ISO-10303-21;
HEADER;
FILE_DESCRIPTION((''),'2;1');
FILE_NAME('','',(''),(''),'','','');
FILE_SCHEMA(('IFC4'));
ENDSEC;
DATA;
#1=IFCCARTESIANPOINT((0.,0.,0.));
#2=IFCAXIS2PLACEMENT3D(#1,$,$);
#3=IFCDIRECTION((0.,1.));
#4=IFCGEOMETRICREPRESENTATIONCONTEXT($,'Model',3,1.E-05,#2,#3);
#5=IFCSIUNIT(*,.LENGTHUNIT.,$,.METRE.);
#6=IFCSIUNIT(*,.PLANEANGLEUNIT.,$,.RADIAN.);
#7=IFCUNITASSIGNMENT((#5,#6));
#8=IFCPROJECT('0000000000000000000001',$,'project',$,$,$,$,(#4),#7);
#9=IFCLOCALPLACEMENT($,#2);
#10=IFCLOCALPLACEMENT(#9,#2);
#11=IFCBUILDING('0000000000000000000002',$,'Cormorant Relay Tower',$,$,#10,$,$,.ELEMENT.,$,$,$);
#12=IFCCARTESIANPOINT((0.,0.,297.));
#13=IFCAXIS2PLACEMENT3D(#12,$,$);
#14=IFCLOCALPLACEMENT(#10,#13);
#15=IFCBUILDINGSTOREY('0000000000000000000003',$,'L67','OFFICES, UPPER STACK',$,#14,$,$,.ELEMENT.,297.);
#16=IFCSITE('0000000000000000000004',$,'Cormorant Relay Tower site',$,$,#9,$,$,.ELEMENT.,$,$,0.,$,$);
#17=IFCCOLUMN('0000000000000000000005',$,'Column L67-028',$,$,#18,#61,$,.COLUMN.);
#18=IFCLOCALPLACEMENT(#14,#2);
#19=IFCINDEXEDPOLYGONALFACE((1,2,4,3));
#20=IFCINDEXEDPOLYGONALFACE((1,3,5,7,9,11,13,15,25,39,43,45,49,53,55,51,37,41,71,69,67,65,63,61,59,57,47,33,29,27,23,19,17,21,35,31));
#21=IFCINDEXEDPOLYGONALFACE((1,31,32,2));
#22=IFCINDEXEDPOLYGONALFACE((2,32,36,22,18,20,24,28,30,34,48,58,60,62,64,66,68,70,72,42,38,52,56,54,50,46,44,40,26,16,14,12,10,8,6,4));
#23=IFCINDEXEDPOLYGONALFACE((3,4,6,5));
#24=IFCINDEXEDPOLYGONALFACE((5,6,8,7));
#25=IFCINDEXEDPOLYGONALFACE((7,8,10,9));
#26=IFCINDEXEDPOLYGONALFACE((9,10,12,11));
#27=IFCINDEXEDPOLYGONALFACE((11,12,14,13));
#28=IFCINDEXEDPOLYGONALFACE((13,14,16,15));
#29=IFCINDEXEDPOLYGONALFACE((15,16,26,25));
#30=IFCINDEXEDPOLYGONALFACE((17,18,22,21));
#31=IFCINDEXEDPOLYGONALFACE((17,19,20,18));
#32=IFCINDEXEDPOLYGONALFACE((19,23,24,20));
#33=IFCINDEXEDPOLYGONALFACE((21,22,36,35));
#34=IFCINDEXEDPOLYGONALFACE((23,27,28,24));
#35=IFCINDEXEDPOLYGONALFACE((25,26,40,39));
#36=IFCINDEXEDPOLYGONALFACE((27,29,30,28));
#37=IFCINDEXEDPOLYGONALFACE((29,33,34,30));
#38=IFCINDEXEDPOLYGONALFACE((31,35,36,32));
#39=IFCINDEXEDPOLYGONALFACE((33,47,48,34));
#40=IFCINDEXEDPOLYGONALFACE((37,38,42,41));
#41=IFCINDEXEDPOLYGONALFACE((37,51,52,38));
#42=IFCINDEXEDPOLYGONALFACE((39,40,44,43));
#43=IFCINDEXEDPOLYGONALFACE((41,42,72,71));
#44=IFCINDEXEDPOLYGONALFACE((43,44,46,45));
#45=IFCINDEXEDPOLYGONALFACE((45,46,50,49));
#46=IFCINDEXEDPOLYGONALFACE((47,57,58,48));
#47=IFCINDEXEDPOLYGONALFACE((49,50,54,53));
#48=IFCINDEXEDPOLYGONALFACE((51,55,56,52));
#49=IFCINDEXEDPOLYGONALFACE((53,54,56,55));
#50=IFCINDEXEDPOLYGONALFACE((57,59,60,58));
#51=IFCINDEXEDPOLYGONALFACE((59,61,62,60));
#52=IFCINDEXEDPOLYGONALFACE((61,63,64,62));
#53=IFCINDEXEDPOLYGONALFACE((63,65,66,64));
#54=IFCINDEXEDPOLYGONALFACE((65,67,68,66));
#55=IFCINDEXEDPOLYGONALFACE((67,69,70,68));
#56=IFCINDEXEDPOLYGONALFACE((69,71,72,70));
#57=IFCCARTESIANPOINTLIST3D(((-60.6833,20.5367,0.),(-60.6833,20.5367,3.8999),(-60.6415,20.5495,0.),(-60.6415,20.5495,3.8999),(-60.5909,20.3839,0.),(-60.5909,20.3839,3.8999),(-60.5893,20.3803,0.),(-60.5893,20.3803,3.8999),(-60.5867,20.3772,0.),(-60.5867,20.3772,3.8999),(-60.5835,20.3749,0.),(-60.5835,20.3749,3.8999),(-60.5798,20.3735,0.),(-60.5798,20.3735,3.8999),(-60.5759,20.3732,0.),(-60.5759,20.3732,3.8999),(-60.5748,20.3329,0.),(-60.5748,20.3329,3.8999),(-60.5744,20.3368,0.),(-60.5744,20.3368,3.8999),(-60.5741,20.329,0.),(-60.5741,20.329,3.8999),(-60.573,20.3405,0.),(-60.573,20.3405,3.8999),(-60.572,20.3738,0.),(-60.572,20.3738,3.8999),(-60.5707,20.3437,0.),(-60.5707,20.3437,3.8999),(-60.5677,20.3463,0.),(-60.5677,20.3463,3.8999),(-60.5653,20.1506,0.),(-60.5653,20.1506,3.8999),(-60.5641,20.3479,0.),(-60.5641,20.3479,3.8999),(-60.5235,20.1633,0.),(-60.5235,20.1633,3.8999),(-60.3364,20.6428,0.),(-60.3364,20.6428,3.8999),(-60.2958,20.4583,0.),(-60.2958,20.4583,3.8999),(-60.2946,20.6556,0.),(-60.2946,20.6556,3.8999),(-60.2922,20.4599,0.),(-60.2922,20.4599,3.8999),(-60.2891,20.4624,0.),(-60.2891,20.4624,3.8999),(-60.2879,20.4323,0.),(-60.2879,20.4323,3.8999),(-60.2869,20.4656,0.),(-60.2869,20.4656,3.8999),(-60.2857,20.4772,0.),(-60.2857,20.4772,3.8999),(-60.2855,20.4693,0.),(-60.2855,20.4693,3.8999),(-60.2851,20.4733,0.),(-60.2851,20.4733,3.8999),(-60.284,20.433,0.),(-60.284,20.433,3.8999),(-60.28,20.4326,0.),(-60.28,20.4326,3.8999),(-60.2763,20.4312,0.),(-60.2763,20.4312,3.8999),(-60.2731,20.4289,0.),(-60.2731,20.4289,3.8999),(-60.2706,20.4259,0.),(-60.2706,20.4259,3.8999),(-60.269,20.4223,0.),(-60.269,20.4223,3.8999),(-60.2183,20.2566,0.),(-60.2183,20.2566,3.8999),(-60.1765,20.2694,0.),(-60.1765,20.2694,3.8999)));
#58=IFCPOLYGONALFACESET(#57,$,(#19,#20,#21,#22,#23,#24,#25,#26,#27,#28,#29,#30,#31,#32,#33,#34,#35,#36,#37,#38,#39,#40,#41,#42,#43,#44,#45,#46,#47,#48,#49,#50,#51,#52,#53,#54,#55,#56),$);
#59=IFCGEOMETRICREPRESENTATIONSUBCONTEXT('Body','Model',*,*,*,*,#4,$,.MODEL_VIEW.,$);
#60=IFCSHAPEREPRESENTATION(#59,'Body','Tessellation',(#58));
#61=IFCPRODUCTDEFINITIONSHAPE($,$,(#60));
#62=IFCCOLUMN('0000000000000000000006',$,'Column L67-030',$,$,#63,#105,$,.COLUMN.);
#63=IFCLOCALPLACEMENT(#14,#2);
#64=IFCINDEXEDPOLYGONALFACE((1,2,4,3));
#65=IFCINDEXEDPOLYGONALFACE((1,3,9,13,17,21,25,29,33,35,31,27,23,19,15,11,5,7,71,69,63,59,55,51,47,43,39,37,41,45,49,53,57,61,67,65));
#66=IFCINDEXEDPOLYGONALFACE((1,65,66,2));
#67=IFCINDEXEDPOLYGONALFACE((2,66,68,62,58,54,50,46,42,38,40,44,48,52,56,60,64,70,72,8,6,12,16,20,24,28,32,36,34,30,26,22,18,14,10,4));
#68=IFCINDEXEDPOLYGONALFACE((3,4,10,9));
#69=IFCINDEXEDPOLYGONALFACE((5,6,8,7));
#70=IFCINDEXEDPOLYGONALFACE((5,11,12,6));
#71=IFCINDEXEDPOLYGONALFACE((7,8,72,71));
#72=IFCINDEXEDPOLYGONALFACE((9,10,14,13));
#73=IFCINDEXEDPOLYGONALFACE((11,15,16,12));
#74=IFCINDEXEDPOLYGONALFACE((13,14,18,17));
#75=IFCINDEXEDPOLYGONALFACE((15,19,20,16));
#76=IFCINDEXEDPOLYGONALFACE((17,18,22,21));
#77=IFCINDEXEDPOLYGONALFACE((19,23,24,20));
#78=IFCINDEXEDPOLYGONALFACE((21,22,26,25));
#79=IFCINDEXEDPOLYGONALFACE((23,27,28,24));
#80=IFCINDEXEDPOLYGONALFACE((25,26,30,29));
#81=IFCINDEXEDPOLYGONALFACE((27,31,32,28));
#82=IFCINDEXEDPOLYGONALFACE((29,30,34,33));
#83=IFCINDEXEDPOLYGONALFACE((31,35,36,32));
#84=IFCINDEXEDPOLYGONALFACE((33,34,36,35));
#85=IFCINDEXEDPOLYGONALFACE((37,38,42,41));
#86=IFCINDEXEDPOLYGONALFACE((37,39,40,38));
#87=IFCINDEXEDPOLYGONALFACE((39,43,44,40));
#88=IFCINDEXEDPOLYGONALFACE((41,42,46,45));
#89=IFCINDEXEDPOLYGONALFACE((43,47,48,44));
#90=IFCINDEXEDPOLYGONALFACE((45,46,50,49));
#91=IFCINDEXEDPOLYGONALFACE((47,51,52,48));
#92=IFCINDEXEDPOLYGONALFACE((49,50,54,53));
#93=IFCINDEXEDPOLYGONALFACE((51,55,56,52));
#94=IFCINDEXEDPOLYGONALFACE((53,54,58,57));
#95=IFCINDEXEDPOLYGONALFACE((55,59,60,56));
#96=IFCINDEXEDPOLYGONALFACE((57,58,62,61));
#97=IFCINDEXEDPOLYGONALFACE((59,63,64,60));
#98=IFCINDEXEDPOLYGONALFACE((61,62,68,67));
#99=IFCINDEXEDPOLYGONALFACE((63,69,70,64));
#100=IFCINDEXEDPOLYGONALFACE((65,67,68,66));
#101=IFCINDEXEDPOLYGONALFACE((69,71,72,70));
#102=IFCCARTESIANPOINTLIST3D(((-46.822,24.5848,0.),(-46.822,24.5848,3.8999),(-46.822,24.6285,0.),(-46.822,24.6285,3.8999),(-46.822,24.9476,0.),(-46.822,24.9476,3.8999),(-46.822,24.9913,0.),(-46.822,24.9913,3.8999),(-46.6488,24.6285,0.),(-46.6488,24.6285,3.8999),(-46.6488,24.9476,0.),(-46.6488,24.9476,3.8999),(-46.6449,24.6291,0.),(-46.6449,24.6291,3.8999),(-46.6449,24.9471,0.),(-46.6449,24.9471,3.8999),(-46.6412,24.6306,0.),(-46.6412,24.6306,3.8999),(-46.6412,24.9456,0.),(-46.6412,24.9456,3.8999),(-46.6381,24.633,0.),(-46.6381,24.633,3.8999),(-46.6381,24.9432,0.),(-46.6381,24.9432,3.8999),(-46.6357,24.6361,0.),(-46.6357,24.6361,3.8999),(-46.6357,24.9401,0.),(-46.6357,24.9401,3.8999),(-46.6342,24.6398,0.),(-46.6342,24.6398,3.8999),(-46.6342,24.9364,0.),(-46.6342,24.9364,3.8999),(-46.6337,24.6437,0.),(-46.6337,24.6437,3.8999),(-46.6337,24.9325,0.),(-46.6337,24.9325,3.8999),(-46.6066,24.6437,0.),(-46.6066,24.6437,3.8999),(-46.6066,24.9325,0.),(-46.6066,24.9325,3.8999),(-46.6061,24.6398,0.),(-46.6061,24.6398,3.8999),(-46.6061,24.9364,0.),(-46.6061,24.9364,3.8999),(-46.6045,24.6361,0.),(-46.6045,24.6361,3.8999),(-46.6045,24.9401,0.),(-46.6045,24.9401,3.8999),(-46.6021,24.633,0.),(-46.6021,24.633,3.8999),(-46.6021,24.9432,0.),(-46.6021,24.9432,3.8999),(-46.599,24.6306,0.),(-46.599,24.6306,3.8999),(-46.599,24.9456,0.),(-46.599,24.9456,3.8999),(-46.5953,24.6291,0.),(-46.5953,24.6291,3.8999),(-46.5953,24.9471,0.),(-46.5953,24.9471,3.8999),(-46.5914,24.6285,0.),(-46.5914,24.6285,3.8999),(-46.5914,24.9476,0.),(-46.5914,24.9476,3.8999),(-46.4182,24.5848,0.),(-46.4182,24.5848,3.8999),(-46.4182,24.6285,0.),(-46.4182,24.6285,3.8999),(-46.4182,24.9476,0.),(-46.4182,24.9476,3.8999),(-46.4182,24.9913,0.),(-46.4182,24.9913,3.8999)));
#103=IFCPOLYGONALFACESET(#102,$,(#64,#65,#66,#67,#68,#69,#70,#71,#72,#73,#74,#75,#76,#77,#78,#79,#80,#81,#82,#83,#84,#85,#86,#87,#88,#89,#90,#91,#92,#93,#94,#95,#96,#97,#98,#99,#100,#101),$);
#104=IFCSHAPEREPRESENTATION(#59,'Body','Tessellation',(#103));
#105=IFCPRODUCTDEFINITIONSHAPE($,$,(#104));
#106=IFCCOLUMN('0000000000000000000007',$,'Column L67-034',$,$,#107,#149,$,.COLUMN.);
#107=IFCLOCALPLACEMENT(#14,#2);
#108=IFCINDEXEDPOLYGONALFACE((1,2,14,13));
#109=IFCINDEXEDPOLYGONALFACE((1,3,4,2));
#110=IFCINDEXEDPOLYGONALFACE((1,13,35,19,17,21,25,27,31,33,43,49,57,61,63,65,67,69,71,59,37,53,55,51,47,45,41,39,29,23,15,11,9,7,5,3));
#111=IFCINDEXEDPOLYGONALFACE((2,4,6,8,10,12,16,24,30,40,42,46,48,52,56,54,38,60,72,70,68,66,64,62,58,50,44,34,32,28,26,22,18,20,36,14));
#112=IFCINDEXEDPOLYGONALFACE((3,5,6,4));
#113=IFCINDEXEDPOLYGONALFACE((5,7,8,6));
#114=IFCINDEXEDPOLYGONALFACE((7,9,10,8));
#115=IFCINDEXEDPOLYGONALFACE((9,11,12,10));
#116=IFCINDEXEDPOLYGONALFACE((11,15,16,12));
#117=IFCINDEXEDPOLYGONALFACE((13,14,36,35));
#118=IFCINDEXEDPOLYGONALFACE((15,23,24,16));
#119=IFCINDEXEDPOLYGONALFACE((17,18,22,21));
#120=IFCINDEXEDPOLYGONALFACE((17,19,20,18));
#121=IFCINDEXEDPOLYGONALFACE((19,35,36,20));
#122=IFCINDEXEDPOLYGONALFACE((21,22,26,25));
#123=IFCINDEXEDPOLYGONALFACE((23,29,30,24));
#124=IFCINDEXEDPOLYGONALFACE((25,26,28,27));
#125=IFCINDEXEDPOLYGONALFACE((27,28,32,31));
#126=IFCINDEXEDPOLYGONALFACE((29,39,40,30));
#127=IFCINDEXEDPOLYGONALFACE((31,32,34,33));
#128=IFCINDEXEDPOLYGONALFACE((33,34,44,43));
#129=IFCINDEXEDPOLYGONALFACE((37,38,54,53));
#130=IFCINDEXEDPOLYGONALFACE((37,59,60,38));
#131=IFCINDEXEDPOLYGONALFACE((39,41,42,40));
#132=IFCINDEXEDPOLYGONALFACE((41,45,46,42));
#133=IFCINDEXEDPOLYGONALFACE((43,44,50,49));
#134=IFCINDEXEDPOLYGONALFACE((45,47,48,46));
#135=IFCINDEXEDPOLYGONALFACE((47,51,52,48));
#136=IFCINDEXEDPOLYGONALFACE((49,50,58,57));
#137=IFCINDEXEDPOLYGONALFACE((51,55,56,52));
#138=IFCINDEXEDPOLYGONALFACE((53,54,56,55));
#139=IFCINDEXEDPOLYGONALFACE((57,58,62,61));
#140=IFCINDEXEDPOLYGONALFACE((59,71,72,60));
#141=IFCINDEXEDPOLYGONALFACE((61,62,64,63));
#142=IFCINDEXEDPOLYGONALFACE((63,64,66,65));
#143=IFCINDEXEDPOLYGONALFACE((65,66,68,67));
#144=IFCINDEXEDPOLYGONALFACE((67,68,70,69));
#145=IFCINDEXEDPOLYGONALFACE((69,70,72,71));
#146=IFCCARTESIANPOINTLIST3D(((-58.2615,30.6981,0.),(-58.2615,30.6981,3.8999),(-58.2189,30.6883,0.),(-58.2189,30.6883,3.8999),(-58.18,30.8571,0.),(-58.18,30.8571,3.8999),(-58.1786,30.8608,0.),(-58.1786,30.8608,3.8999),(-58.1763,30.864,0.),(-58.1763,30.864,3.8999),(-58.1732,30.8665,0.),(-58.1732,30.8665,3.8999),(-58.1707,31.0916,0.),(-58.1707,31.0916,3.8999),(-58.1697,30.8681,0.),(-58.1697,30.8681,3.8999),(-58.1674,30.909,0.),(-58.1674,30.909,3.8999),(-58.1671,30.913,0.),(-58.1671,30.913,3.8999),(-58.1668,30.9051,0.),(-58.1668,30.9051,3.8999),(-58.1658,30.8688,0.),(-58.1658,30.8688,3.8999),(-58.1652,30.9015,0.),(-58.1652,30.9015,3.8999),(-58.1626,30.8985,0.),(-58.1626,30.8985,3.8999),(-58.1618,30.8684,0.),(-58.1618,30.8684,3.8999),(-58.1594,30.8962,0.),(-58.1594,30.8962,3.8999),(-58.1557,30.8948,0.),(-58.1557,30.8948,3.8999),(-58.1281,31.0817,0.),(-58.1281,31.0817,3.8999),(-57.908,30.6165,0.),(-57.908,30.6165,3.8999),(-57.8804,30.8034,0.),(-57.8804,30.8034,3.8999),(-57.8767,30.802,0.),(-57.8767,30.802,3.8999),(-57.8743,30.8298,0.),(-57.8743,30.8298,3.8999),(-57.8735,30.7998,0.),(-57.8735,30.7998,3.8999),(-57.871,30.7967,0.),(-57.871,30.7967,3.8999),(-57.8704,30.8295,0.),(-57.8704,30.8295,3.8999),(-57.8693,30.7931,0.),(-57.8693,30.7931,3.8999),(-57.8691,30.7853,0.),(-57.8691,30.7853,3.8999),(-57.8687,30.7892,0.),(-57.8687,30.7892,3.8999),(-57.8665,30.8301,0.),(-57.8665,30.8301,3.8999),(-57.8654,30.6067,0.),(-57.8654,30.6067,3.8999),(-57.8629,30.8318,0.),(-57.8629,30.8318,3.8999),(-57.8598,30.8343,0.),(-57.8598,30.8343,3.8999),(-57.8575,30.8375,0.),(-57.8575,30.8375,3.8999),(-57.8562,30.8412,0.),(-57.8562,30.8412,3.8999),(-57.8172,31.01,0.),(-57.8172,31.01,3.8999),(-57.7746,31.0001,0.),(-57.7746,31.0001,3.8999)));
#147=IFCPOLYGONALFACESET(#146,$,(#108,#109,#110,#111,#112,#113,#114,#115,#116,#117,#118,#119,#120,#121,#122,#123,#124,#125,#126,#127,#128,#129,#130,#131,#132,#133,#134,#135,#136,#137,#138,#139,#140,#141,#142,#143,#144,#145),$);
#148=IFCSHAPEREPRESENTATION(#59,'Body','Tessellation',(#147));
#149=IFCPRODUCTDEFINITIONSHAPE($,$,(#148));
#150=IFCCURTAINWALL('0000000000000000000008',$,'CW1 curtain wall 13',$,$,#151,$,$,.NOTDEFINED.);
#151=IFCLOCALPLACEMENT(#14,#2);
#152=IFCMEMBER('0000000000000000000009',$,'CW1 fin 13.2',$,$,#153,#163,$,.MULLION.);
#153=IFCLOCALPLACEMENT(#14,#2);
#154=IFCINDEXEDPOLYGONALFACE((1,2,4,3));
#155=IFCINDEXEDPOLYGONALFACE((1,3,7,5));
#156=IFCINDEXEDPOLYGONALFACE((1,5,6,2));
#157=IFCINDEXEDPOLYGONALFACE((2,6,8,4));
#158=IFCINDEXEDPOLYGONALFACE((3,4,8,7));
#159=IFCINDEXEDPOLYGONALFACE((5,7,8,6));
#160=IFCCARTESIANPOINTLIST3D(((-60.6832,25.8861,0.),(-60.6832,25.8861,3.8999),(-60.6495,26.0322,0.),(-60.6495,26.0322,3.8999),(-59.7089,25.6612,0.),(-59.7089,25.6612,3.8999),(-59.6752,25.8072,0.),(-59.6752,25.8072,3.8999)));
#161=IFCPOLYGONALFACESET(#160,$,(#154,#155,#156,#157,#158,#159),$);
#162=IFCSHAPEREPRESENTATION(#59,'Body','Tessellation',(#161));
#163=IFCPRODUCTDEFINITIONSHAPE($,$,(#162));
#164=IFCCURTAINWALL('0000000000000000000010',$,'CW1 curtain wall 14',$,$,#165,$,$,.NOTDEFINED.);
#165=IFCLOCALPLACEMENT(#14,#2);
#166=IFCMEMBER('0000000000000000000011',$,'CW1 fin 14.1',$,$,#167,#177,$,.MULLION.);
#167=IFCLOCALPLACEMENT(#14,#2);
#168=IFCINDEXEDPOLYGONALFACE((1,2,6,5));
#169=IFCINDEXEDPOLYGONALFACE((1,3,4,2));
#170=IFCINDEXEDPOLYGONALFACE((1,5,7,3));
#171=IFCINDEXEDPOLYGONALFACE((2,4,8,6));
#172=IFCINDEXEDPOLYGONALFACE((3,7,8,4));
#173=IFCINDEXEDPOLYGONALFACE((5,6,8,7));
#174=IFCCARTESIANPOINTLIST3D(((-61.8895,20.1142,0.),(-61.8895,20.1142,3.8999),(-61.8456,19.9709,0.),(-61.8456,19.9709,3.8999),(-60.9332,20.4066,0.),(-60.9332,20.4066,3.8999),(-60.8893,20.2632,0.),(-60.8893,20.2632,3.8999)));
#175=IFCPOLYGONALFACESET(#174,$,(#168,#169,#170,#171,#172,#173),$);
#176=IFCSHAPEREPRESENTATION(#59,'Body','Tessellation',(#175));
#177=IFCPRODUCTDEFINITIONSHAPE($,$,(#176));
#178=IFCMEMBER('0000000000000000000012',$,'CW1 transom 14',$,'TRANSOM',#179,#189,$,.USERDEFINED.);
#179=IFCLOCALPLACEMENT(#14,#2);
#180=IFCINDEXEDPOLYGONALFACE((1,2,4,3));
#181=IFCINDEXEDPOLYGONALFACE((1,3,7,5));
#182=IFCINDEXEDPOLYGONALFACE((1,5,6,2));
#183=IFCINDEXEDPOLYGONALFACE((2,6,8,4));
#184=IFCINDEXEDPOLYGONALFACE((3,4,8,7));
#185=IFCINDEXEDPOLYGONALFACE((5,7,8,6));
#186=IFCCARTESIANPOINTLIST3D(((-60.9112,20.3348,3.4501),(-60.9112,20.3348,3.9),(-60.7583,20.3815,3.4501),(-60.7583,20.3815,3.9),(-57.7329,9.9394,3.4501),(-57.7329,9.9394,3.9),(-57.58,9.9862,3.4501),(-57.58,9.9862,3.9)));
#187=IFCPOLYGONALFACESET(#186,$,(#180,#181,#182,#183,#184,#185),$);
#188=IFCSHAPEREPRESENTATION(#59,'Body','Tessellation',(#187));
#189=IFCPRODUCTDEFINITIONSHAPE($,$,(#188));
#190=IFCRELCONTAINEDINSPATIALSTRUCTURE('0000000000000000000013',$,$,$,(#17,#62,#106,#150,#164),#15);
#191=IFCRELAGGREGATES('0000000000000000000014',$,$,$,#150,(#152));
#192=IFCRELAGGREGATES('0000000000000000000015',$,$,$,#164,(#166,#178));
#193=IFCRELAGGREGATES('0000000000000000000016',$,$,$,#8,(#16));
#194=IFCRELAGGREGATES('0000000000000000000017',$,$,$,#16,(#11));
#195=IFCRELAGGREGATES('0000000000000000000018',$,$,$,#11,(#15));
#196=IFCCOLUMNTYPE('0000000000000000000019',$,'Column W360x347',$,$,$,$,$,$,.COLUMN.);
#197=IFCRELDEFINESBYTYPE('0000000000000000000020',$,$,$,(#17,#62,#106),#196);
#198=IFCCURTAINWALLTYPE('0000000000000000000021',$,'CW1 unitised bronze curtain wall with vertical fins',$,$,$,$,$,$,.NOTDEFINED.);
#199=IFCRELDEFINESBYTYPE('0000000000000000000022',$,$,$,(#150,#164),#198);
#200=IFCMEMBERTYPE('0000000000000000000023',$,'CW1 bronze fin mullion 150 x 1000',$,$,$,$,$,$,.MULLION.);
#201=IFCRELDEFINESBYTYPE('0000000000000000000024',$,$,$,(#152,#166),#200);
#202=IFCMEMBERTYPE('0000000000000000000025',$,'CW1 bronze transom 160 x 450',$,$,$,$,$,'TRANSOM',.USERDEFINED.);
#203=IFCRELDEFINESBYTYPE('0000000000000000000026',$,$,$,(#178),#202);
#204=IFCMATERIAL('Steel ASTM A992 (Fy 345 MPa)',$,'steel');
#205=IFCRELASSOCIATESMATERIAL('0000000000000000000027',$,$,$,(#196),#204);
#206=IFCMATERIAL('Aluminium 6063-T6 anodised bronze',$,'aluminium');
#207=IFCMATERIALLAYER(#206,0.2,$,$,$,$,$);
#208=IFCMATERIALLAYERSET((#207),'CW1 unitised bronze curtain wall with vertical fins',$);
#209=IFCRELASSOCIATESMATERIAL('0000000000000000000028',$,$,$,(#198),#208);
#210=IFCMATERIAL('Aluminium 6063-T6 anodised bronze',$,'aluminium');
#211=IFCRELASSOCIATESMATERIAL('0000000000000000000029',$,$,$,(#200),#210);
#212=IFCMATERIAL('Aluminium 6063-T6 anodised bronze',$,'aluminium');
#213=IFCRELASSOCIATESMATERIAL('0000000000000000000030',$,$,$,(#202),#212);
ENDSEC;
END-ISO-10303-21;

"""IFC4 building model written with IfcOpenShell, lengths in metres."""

from ifc_helpers import new_model, si_unit, direction, frame, origin, origin_2d, place, context, subcontext, project, spatial, rectangle, i_section, extrude, material, layer, layer_set, material_profile, profile_set, type_object, element, aggregate, save


model = new_model("IFC4")

# Units and contexts
model_context = context("Model", 3, precision=1e-05, world=origin(), true_north=direction((0.0, 1.0)))
body_context = subcontext(model_context, "Body", "Model", "MODEL_VIEW")
ifc_project = project(units=[si_unit("LENGTHUNIT", "METRE"), si_unit("PLANEANGLEUNIT", "RADIAN")], contexts=[model_context])

# Site, building, storey
site_placement = place(None, origin())
site = spatial("IfcSite", under=ifc_project, at=site_placement, Name="Cormorant Relay Tower site", CompositionType="ELEMENT", RefElevation=0.0)
building_placement = place(site_placement, origin())
building = spatial("IfcBuilding", under=site, at=building_placement, Name="Cormorant Relay Tower", CompositionType="ELEMENT")
storey_placement = place(building_placement, frame((0.0, 0.0, 297.0)))
storey = spatial("IfcBuildingStorey", under=building, at=storey_placement, Name="L67", Description="OFFICES, UPPER STACK", CompositionType="ELEMENT", Elevation=297.0)

# Columns
ifc_material_1 = material(Name="Steel ASTM A992 (Fy 345 MPa)", Category="steel")
ifc_material_profile_1 = material_profile(ifc_material_1, i_section(OverallWidth=0.4038, OverallDepth=0.4065, WebThickness=0.0271, FlangeThickness=0.0437, FilletRadius=0.0151, at=origin_2d()), Name="W360x347")
ifc_profile_set_1 = profile_set([ifc_material_profile_1], Name="Steel ASTM A992 (Fy 345 MPa)")
column_type = type_object("IfcColumnType", Name="Column W360x347", PredefinedType="COLUMN", material=ifc_profile_set_1)
for number, where, z_axis, x_axis, name in (
    (1, (-60.4299, 20.4031, 0.0), (0.0, 0.0, 1.0), (0.292372, -0.956305, 0.0), "Column L67-028"),
    (2, (-46.6201, 24.7881, 0.0), (0.0, 0.0, 1.0), (1.0, 0.0, 0.0), "Column L67-030"),
    (3, (-58.0181, 30.8491, 0.0), (0.0, 0.0, 1.0), (-0.224951, -0.97437, 0.0), "Column L67-034"),
):
    element("IfcColumn", number, at=place(storey_placement, frame(where, z_axis=z_axis, x_axis=x_axis)), inside=storey, type_object=column_type, Name=name, PredefinedType="COLUMN", context=body_context, shape_type="SweptSolid", body=[
        extrude(i_section(OverallWidth=0.4038, OverallDepth=0.4065, WebThickness=0.0271, FlangeThickness=0.0437, FilletRadius=0.0151, at=origin_2d()), origin(), (0.0, 0.0, 1.0), 3.8999),
    ])

# Curtain wall, member
ifc_material_2 = material(Name="Aluminium 6063-T6 anodised bronze", Category="aluminium")
ifc_layer_1 = layer(ifc_material_2, 0.2)
ifc_layer_set_1 = layer_set([ifc_layer_1], Name="CW1 unitised bronze curtain wall with vertical fins")
curtain_wall_type = type_object("IfcCurtainWallType", Name="CW1 unitised bronze curtain wall with vertical fins", PredefinedType="NOTDEFINED", material=ifc_layer_set_1)
curtain_wall_1_placement = place(storey_placement, origin())
curtain_wall_1 = element("IfcCurtainWall", 4, at=curtain_wall_1_placement, inside=storey, type_object=curtain_wall_type, Name="CW1 curtain wall 13", PredefinedType="NOTDEFINED")
ifc_material_3 = material(Name="Aluminium 6063-T6 anodised bronze", Category="aluminium")
ifc_material_profile_2 = material_profile(ifc_material_3, rectangle(XDim=0.1499, YDim=1.0, at=origin_2d()), Name="AL 150x1000")
ifc_profile_set_2 = profile_set([ifc_material_profile_2], Name="Aluminium 6063-T6 anodised bronze")
member_type_1 = type_object("IfcMemberType", Name="CW1 bronze fin mullion 150 x 1000", PredefinedType="MULLION", material=ifc_profile_set_2)
member_1_placement = place(storey_placement, frame((-60.1792, 25.8467, 0.0), z_axis=(0.0, 0.0, 1.0), x_axis=(-0.224951, -0.97437, 0.0)))
member_1 = element("IfcMember", 5, at=member_1_placement, type_object=member_type_1, Name="CW1 fin 13.2", PredefinedType="MULLION", context=body_context, shape_type="SweptSolid", body=[
    extrude(rectangle(XDim=0.1499, YDim=1.0, at=origin_2d()), origin(), (0.0, 0.0, 1.0), 3.8999),
])

# Curtain wall, members
curtain_wall_2_placement = place(storey_placement, origin())
curtain_wall_2 = element("IfcCurtainWall", 6, at=curtain_wall_2_placement, inside=storey, type_object=curtain_wall_type, Name="CW1 curtain wall 14", PredefinedType="NOTDEFINED")
member_2_placement = place(storey_placement, frame((-61.3894, 20.1887, 0.0), z_axis=(0.0, 0.0, 1.0), x_axis=(0.292372, -0.956305, 0.0)))
member_2 = element("IfcMember", 7, at=member_2_placement, type_object=member_type_1, Name="CW1 fin 14.1", PredefinedType="MULLION", context=body_context, shape_type="SweptSolid", body=[
    extrude(rectangle(XDim=0.1499, YDim=1.0, at=origin_2d()), origin(), (0.0, 0.0, 1.0), 3.8999),
])
ifc_material_4 = material(Name="Aluminium 6063-T6 anodised bronze", Category="aluminium")
ifc_material_profile_3 = material_profile(ifc_material_4, rectangle(XDim=0.1599, YDim=0.45, at=origin_2d()), Name="AL 160x450")
ifc_profile_set_3 = profile_set([ifc_material_profile_3], Name="Aluminium 6063-T6 anodised bronze")
member_type_2 = type_object("IfcMemberType", Name="CW1 bronze transom 160 x 450", ElementType="TRANSOM", PredefinedType="USERDEFINED", material=ifc_profile_set_3)
member_3_placement = place(storey_placement, frame((-60.8347, 20.3582, 3.675), z_axis=(0.292378, -0.956303, 0.0), x_axis=(0.956303, 0.292378, 0.0)))
member_3 = element("IfcMember", 8, at=member_3_placement, type_object=member_type_2, Name="CW1 transom 14", ObjectType="TRANSOM", PredefinedType="USERDEFINED", context=body_context, shape_type="SweptSolid", body=[
    extrude(rectangle(XDim=0.1599, YDim=0.45, at=origin_2d()), origin(), (0.0, 0.0, 1.0), 10.8704),
])

aggregate(curtain_wall_1, [member_1])
aggregate(curtain_wall_2, [member_2, member_3])

save(model, "model.ifc")
